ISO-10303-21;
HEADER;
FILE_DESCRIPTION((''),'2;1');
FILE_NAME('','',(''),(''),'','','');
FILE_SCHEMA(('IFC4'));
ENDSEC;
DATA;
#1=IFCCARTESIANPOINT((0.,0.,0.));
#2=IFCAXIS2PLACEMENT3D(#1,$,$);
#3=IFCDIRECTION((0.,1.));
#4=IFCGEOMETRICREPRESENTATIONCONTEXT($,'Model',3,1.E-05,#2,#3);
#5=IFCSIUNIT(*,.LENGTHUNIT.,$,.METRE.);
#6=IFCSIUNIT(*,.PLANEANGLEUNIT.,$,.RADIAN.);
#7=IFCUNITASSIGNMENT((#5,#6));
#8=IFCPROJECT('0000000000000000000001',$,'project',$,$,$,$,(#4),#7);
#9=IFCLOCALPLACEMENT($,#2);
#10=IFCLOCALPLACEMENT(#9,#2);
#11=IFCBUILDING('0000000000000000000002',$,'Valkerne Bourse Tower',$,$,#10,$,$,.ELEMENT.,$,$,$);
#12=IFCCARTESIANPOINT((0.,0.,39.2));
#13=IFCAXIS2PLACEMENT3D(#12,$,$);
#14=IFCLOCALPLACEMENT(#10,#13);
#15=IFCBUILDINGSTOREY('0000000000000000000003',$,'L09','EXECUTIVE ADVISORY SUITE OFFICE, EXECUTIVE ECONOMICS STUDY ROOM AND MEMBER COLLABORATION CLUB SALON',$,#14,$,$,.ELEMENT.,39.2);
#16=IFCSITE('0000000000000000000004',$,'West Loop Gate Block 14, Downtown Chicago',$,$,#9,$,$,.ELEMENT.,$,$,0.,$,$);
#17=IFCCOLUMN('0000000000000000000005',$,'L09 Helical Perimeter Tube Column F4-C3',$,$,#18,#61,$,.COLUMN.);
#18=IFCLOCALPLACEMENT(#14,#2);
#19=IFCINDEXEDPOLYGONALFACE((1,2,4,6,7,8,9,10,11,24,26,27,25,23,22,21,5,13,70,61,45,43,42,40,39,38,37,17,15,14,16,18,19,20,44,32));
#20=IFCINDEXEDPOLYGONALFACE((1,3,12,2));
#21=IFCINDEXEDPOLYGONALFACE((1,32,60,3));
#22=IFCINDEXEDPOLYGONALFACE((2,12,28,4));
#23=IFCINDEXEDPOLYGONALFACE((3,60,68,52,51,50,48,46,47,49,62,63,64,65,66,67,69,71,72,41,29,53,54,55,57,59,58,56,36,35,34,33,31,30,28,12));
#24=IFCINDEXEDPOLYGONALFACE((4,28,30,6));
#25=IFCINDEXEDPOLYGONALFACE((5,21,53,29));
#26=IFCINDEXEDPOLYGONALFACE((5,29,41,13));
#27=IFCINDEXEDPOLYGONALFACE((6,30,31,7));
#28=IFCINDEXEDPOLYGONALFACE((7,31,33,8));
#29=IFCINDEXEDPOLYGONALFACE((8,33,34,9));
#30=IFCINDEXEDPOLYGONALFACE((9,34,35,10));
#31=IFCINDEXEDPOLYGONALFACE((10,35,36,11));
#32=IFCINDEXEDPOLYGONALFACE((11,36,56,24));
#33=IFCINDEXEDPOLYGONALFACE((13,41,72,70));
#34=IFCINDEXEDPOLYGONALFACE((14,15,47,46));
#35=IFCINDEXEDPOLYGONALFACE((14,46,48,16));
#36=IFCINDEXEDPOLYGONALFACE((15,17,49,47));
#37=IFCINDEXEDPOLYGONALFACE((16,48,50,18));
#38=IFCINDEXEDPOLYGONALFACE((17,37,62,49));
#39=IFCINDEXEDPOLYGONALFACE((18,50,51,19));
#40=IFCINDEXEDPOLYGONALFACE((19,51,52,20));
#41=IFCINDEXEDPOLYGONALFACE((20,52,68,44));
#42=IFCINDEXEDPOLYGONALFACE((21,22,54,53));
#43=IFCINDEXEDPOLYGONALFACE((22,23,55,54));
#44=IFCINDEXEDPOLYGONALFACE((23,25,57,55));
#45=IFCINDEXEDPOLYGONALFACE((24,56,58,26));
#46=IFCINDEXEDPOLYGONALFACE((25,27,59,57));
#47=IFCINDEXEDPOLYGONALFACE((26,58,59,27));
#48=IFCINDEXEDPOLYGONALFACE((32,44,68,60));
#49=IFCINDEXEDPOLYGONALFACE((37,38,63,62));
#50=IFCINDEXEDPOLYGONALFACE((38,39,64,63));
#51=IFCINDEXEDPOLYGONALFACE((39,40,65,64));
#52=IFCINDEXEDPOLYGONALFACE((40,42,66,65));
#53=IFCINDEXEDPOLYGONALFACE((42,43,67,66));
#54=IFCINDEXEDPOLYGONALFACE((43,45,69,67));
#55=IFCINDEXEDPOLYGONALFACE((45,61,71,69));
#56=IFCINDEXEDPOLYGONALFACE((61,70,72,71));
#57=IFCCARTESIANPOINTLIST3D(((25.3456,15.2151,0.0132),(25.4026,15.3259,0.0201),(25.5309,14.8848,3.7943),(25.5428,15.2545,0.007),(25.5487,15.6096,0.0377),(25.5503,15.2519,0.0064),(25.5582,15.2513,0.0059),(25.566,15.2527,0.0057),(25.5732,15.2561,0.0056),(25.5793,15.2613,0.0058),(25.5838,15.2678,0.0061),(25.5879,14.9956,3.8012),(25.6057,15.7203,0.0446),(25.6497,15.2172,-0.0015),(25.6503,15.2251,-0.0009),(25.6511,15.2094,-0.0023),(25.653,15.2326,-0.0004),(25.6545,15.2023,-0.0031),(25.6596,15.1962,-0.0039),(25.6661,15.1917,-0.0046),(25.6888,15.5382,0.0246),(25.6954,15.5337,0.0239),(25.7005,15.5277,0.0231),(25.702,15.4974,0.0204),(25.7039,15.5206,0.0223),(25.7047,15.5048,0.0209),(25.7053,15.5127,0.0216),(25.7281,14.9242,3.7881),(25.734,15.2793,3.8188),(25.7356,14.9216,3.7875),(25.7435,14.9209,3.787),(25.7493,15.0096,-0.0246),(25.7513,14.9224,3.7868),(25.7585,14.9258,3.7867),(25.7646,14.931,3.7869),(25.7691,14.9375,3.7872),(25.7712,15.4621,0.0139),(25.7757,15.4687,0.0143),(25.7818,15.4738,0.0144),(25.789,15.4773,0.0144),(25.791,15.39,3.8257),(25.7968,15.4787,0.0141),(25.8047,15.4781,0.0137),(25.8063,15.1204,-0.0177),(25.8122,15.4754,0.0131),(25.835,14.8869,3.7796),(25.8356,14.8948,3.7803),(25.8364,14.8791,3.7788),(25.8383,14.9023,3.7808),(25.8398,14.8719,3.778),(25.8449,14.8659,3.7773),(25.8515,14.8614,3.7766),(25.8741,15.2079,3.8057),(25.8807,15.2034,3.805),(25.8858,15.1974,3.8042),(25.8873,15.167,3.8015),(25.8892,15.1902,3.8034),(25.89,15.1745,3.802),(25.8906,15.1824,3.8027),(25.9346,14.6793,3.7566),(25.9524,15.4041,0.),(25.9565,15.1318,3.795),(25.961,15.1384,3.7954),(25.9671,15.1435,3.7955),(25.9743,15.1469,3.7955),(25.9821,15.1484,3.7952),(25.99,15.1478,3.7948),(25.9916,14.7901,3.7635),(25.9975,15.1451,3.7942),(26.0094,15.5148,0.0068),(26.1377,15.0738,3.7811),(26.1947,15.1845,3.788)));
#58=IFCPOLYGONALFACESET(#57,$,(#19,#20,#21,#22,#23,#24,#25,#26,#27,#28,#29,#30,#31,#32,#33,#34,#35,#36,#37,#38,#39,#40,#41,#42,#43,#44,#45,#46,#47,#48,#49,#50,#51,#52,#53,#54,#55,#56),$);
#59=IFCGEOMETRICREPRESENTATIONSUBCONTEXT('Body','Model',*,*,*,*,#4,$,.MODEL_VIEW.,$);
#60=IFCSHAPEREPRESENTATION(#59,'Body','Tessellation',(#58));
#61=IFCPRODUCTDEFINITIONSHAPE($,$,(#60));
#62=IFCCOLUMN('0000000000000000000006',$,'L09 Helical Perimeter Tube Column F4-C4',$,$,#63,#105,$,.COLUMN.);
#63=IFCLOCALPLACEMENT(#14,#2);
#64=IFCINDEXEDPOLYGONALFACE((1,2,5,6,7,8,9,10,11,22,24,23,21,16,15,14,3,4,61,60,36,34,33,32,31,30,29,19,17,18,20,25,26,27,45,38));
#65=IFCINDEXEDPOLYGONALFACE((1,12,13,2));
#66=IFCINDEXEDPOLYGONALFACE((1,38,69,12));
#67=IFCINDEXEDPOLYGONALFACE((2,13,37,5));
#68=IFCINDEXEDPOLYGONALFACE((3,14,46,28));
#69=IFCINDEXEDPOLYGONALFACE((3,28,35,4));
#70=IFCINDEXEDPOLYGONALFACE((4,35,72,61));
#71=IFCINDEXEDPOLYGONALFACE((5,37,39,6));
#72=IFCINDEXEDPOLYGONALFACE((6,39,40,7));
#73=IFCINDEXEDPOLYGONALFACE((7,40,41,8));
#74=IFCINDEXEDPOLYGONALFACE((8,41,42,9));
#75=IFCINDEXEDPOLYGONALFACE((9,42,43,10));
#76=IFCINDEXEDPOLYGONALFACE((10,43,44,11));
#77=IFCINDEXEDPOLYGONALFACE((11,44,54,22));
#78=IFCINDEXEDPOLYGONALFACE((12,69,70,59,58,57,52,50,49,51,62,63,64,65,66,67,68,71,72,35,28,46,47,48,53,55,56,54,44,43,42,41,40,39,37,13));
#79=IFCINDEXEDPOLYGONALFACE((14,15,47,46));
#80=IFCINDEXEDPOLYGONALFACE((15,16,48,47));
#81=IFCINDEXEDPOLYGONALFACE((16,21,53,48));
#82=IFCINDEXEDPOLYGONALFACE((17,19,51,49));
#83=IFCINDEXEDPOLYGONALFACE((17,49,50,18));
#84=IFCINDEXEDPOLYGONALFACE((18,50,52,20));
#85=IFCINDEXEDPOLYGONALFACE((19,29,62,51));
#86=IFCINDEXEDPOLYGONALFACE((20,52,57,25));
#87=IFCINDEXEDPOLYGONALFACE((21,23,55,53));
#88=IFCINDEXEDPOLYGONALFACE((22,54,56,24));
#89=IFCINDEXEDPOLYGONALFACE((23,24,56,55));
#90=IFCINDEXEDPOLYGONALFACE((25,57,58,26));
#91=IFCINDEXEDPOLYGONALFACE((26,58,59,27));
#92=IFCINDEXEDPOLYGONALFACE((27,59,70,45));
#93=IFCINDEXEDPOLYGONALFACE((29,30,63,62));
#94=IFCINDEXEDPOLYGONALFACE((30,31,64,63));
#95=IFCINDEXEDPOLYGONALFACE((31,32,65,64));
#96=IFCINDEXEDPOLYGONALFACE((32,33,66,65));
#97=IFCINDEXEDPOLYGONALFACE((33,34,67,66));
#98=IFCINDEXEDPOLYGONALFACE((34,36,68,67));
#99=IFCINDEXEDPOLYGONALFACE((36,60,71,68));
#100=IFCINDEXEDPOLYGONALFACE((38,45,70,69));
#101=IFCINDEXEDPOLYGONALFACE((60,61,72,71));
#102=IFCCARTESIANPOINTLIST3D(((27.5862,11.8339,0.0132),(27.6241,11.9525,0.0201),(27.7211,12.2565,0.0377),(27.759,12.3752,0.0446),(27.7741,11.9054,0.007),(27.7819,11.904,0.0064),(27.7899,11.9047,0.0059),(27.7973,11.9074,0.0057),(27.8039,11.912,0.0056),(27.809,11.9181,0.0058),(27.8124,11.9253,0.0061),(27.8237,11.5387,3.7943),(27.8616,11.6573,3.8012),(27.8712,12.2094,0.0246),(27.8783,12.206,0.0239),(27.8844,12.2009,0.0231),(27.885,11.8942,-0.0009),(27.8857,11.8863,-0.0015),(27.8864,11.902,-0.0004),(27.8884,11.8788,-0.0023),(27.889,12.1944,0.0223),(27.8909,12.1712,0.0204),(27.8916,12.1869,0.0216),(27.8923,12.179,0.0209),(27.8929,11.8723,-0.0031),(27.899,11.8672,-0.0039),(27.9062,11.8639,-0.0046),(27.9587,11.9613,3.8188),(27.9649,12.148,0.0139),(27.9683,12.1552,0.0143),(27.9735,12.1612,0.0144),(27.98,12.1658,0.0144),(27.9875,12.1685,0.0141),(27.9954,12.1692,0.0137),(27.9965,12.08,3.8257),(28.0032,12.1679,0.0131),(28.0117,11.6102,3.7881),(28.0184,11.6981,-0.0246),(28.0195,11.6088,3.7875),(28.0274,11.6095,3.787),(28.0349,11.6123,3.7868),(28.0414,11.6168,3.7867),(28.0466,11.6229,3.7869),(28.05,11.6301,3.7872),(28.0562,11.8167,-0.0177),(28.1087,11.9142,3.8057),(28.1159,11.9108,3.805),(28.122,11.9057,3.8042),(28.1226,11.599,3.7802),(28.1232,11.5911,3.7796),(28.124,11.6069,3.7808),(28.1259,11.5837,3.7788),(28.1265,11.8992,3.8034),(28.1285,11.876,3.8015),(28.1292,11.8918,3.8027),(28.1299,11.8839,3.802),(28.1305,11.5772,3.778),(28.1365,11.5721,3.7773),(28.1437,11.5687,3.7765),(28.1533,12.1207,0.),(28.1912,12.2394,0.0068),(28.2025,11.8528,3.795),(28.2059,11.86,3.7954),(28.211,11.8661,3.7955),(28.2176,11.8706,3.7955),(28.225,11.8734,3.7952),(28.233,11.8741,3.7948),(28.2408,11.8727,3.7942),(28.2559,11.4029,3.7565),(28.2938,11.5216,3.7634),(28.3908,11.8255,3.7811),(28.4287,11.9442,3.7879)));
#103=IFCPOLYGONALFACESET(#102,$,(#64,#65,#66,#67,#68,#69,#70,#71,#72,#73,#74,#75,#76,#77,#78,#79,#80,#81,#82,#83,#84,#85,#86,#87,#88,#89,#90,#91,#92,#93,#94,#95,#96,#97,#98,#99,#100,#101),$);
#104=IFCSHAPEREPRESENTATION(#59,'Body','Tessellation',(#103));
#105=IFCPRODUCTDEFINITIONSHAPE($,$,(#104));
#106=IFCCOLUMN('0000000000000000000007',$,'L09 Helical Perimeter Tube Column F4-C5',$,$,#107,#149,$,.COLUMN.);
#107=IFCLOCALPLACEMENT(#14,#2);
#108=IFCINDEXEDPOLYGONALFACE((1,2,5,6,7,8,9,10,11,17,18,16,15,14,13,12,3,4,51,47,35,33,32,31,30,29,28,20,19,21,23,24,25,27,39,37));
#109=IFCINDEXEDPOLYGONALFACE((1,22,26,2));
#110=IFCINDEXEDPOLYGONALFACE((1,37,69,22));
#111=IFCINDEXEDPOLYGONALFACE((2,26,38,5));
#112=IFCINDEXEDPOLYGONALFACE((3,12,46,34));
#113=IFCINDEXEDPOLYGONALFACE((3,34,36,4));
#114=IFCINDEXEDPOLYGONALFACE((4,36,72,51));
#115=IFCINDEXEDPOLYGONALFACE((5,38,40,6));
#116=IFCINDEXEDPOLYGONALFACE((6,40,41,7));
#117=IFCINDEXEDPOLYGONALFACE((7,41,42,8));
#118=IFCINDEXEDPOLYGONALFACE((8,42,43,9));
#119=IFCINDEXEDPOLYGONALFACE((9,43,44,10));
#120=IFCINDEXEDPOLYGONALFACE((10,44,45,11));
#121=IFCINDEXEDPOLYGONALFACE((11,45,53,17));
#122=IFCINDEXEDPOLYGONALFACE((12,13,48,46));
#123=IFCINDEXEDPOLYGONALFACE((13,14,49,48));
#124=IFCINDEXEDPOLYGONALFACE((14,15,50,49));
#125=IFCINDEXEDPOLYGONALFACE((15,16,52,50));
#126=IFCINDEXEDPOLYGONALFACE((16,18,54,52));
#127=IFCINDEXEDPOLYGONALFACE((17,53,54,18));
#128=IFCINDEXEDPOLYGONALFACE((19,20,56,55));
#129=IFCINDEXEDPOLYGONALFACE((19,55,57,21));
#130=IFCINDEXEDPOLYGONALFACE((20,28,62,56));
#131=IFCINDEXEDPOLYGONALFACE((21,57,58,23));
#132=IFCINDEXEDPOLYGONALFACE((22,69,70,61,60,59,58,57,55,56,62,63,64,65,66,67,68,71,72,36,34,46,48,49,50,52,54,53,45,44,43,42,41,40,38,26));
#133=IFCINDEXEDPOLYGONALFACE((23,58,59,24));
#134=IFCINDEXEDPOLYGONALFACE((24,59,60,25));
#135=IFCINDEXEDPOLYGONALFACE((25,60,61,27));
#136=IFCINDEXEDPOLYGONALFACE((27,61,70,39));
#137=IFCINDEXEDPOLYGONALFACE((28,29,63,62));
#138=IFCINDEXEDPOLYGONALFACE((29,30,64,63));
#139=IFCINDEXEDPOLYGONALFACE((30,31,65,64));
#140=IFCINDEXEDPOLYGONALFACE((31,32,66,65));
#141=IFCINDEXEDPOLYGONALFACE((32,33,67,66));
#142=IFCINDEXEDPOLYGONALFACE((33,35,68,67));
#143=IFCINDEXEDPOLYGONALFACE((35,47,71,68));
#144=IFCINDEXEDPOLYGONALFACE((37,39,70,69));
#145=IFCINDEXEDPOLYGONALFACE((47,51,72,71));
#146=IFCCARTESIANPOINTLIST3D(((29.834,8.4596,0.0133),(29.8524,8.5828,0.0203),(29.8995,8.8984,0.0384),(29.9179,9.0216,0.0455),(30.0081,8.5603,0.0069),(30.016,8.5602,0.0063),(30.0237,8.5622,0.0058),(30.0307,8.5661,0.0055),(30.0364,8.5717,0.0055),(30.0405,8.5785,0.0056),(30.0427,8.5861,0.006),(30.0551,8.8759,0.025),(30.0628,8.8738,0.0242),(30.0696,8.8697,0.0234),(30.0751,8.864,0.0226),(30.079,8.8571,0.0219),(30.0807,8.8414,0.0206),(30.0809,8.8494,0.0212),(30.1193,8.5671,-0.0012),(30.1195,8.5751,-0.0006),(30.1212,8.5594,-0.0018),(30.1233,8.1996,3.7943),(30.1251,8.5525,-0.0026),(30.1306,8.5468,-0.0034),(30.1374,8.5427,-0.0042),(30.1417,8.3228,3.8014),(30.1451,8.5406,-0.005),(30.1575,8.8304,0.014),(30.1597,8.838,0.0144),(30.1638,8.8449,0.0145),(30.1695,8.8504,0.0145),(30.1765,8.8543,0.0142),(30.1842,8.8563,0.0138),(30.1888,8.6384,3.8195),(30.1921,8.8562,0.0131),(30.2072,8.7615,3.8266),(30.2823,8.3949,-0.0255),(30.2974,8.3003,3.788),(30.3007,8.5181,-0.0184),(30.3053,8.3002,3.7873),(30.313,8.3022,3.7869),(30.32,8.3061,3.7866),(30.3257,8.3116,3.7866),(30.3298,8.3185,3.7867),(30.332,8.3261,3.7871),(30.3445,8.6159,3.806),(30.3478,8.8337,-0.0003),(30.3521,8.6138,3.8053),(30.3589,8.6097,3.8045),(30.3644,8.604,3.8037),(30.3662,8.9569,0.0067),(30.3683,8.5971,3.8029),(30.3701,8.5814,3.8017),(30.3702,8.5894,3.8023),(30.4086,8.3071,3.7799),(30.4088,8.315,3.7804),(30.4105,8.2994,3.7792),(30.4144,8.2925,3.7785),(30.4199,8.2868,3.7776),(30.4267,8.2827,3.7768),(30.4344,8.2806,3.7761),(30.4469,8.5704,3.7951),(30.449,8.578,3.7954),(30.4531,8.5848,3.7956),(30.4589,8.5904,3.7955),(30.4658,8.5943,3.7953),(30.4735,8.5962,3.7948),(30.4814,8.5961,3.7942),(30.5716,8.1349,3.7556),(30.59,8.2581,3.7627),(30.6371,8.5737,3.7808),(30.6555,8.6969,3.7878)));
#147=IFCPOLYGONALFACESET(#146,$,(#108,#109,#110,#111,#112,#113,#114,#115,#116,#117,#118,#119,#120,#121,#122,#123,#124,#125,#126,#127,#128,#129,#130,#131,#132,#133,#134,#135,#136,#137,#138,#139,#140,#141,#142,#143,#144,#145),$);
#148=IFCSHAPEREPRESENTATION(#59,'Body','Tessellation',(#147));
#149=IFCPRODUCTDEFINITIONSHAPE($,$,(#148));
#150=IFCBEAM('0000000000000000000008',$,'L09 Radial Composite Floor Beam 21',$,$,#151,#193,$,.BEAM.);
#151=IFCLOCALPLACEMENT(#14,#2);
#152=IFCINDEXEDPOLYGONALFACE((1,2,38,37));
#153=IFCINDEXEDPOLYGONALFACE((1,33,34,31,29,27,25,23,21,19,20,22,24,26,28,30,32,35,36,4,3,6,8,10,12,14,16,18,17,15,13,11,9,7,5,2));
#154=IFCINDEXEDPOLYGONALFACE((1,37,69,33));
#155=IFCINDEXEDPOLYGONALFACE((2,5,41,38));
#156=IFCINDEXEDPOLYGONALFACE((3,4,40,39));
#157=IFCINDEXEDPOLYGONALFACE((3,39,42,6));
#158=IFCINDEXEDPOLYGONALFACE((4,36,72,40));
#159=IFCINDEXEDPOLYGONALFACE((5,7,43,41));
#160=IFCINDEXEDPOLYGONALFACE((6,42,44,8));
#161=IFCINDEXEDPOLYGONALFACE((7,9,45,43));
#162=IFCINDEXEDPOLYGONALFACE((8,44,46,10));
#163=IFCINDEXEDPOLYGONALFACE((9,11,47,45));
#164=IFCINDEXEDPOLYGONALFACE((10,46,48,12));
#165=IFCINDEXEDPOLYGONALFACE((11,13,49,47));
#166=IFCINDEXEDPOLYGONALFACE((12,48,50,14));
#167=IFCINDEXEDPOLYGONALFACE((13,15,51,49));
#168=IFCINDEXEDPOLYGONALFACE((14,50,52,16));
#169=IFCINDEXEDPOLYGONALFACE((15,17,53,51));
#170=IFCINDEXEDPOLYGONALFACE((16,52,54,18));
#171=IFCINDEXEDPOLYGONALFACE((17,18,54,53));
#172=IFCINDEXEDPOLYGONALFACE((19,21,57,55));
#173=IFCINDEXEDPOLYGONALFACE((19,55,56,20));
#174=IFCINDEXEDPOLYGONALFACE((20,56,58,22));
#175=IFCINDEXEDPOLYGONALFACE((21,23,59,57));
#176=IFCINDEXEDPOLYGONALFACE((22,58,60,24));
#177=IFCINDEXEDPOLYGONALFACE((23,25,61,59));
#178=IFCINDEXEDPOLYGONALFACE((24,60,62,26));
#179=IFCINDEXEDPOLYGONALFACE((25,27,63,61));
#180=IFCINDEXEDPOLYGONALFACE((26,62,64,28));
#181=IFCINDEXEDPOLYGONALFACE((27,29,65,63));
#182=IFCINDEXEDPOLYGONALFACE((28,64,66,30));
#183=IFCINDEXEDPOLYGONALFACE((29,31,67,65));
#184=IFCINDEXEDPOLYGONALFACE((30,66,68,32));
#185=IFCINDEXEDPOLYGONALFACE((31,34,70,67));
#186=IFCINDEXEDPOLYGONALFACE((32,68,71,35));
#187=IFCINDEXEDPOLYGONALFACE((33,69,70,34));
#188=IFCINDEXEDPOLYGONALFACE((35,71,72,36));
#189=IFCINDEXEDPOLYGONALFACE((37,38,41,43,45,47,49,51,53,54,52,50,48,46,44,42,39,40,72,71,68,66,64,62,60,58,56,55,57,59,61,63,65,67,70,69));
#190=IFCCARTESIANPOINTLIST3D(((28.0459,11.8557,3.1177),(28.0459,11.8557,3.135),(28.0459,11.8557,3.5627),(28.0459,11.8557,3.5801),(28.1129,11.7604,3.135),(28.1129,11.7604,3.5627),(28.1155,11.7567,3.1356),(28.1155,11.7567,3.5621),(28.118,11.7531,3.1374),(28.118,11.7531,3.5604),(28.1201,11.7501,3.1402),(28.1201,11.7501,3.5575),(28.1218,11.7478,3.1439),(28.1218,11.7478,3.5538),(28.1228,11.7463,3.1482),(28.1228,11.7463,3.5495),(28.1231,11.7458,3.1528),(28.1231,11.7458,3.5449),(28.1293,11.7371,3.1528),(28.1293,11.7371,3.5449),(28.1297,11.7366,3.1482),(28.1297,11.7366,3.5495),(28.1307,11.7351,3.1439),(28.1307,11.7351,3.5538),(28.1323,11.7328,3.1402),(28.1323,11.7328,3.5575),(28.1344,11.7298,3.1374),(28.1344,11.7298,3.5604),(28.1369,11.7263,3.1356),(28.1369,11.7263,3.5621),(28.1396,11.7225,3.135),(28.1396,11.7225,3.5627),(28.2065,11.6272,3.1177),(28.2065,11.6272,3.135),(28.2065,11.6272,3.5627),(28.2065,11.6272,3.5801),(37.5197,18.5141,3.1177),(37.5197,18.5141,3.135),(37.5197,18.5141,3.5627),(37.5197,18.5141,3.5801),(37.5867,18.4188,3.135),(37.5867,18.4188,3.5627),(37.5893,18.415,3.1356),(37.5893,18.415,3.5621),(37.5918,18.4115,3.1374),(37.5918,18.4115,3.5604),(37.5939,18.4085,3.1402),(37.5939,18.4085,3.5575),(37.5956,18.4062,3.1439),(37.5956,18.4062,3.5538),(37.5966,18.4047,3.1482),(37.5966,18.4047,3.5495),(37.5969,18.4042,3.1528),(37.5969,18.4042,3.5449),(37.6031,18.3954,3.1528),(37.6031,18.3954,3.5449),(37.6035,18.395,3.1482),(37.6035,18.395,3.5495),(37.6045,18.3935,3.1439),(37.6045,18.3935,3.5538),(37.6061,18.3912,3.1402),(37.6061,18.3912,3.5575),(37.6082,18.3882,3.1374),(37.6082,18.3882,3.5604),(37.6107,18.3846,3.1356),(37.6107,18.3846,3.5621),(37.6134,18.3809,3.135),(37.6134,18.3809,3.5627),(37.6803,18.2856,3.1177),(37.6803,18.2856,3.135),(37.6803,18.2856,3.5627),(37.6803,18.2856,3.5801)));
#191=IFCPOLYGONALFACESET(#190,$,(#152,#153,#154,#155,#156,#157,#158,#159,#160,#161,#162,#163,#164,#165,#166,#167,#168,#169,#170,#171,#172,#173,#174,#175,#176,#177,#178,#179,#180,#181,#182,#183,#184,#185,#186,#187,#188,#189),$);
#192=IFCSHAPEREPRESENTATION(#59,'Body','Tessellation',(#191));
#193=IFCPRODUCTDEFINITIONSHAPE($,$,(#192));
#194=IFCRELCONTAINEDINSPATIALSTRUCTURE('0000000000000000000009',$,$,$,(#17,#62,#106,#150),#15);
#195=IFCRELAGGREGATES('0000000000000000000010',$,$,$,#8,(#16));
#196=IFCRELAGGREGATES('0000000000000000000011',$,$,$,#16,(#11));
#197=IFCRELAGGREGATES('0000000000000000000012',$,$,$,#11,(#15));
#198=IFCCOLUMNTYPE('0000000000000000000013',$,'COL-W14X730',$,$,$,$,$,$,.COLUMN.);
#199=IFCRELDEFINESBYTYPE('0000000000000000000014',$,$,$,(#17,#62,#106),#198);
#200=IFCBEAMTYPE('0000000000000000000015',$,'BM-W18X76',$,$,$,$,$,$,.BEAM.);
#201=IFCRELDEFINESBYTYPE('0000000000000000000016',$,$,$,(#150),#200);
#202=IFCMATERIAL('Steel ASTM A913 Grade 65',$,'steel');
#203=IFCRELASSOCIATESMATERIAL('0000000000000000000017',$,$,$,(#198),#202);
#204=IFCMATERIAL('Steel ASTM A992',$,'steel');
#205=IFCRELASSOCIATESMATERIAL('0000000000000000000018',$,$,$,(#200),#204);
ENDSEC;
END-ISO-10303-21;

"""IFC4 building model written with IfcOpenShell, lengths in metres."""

from ifc_helpers import new_model, si_unit, direction, frame, origin, origin_2d, place, context, subcontext, project, spatial, i_section, extrude, material, material_profile, profile_set, type_object, element, save


model = new_model("IFC4")

# Units and contexts
model_context = context("Model", 3, precision=1e-05, world=origin(), true_north=direction((0.0, 1.0)))
body_context = subcontext(model_context, "Body", "Model", "MODEL_VIEW")
ifc_project = project(units=[si_unit("LENGTHUNIT", "METRE"), si_unit("PLANEANGLEUNIT", "RADIAN")], contexts=[model_context])

# Site, building, storey
site_placement = place(None, origin())
site = spatial("IfcSite", under=ifc_project, at=site_placement, Name="West Loop Gate Block 14, Downtown Chicago", CompositionType="ELEMENT", RefElevation=0.0)
building_placement = place(site_placement, origin())
building = spatial("IfcBuilding", under=site, at=building_placement, Name="Valkerne Bourse Tower", CompositionType="ELEMENT")
storey_placement = place(building_placement, frame((0.0, 0.0, 39.2)))
storey = spatial("IfcBuildingStorey", under=building, at=storey_placement, Name="L09", Description="EXECUTIVE ADVISORY SUITE OFFICE, EXECUTIVE ECONOMICS STUDY ROOM AND MEMBER COLLABORATION CLUB SALON", CompositionType="ELEMENT", Elevation=39.2)

# Columns
ifc_material_1 = material(Name="Steel ASTM A913 Grade 65", Category="steel")
ifc_material_profile_1 = material_profile(ifc_material_1, i_section(OverallWidth=0.4546, OverallDepth=0.5691, WebThickness=0.0779, FlangeThickness=0.1248, FilletRadius=0.0305, at=origin_2d()), Name="W14X730")
ifc_profile_set_1 = profile_set([ifc_material_profile_1], Name="Steel ASTM A913 Grade 65")
column_type = type_object("IfcColumnType", Name="COL-W14X730", PredefinedType="COLUMN", material=ifc_profile_set_1)
for number, where, z_axis, x_axis, name in (
    (1, (25.6775, 15.365, 0.01), (0.048765, -0.086929, 0.99502), (0.888115, -0.452062, -0.083019), "L09 Helical Perimeter Tube Column F4-C3"),
    (2, (27.8887, 12.0366, 0.01), (0.062514, -0.077676, 0.995017), (0.950731, -0.298687, -0.083049), "L09 Helical Perimeter Tube Column F4-C4"),
):
    element("IfcColumn", number, at=place(storey_placement, frame(where, z_axis=z_axis, x_axis=x_axis)), inside=storey, type_object=column_type, Name=name, PredefinedType="COLUMN", context=body_context, shape_type="SweptSolid", body=[
        extrude(i_section(OverallWidth=0.4546, OverallDepth=0.5691, WebThickness=0.0779, FlangeThickness=0.1248, FilletRadius=0.0305, at=origin_2d()), origin(), (0.0, 0.0, 1.0), 3.8),
    ])
column_placement = place(storey_placement, frame((30.1001, 8.7083, 0.01), z_axis=(0.076114, -0.068406, 0.99475), x_axis=(0.986154, -0.142247, -0.085238)))
element("IfcColumn", 3, at=column_placement, inside=storey, type_object=column_type, Name="L09 Helical Perimeter Tube Column F4-C5", PredefinedType="COLUMN", context=body_context, shape_type="SweptSolid", body=[
    extrude(i_section(OverallWidth=0.4546, OverallDepth=0.5691, WebThickness=0.0779, FlangeThickness=0.1248, FilletRadius=0.0305, at=origin_2d()), origin(), (0.0, 0.0, 1.0), 3.801),
])

# Beam
ifc_material_2 = material(Name="Steel ASTM A992", Category="steel")
ifc_material_profile_2 = material_profile(ifc_material_2, i_section(OverallWidth=0.2793, OverallDepth=0.4624, WebThickness=0.0107, FlangeThickness=0.0173, FilletRadius=0.0178, at=origin_2d()), Name="W18X76")
ifc_profile_set_2 = profile_set([ifc_material_profile_2], Name="Steel ASTM A992")
beam_type_1 = type_object("IfcBeamType", Name="BM-W18X76", PredefinedType="BEAM", material=ifc_profile_set_2)
beam_1_placement = place(storey_placement, frame((28.1262, 11.7415, 3.3489), z_axis=(0.818146, 0.575011, 0.0), x_axis=(-0.575011, 0.818146, 0.0)))
element("IfcBeam", 4, at=beam_1_placement, inside=storey, type_object=beam_type_1, Name="L09 Radial Composite Floor Beam 21", PredefinedType="BEAM", context=body_context, shape_type="SweptSolid", body=[
    extrude(i_section(OverallWidth=0.2793, OverallDepth=0.4624, WebThickness=0.0107, FlangeThickness=0.0173, FilletRadius=0.0178, at=origin_2d()), origin(), (0.0, 0.0, 1.0), 11.5796),
])

save(model, "model.ifc")
